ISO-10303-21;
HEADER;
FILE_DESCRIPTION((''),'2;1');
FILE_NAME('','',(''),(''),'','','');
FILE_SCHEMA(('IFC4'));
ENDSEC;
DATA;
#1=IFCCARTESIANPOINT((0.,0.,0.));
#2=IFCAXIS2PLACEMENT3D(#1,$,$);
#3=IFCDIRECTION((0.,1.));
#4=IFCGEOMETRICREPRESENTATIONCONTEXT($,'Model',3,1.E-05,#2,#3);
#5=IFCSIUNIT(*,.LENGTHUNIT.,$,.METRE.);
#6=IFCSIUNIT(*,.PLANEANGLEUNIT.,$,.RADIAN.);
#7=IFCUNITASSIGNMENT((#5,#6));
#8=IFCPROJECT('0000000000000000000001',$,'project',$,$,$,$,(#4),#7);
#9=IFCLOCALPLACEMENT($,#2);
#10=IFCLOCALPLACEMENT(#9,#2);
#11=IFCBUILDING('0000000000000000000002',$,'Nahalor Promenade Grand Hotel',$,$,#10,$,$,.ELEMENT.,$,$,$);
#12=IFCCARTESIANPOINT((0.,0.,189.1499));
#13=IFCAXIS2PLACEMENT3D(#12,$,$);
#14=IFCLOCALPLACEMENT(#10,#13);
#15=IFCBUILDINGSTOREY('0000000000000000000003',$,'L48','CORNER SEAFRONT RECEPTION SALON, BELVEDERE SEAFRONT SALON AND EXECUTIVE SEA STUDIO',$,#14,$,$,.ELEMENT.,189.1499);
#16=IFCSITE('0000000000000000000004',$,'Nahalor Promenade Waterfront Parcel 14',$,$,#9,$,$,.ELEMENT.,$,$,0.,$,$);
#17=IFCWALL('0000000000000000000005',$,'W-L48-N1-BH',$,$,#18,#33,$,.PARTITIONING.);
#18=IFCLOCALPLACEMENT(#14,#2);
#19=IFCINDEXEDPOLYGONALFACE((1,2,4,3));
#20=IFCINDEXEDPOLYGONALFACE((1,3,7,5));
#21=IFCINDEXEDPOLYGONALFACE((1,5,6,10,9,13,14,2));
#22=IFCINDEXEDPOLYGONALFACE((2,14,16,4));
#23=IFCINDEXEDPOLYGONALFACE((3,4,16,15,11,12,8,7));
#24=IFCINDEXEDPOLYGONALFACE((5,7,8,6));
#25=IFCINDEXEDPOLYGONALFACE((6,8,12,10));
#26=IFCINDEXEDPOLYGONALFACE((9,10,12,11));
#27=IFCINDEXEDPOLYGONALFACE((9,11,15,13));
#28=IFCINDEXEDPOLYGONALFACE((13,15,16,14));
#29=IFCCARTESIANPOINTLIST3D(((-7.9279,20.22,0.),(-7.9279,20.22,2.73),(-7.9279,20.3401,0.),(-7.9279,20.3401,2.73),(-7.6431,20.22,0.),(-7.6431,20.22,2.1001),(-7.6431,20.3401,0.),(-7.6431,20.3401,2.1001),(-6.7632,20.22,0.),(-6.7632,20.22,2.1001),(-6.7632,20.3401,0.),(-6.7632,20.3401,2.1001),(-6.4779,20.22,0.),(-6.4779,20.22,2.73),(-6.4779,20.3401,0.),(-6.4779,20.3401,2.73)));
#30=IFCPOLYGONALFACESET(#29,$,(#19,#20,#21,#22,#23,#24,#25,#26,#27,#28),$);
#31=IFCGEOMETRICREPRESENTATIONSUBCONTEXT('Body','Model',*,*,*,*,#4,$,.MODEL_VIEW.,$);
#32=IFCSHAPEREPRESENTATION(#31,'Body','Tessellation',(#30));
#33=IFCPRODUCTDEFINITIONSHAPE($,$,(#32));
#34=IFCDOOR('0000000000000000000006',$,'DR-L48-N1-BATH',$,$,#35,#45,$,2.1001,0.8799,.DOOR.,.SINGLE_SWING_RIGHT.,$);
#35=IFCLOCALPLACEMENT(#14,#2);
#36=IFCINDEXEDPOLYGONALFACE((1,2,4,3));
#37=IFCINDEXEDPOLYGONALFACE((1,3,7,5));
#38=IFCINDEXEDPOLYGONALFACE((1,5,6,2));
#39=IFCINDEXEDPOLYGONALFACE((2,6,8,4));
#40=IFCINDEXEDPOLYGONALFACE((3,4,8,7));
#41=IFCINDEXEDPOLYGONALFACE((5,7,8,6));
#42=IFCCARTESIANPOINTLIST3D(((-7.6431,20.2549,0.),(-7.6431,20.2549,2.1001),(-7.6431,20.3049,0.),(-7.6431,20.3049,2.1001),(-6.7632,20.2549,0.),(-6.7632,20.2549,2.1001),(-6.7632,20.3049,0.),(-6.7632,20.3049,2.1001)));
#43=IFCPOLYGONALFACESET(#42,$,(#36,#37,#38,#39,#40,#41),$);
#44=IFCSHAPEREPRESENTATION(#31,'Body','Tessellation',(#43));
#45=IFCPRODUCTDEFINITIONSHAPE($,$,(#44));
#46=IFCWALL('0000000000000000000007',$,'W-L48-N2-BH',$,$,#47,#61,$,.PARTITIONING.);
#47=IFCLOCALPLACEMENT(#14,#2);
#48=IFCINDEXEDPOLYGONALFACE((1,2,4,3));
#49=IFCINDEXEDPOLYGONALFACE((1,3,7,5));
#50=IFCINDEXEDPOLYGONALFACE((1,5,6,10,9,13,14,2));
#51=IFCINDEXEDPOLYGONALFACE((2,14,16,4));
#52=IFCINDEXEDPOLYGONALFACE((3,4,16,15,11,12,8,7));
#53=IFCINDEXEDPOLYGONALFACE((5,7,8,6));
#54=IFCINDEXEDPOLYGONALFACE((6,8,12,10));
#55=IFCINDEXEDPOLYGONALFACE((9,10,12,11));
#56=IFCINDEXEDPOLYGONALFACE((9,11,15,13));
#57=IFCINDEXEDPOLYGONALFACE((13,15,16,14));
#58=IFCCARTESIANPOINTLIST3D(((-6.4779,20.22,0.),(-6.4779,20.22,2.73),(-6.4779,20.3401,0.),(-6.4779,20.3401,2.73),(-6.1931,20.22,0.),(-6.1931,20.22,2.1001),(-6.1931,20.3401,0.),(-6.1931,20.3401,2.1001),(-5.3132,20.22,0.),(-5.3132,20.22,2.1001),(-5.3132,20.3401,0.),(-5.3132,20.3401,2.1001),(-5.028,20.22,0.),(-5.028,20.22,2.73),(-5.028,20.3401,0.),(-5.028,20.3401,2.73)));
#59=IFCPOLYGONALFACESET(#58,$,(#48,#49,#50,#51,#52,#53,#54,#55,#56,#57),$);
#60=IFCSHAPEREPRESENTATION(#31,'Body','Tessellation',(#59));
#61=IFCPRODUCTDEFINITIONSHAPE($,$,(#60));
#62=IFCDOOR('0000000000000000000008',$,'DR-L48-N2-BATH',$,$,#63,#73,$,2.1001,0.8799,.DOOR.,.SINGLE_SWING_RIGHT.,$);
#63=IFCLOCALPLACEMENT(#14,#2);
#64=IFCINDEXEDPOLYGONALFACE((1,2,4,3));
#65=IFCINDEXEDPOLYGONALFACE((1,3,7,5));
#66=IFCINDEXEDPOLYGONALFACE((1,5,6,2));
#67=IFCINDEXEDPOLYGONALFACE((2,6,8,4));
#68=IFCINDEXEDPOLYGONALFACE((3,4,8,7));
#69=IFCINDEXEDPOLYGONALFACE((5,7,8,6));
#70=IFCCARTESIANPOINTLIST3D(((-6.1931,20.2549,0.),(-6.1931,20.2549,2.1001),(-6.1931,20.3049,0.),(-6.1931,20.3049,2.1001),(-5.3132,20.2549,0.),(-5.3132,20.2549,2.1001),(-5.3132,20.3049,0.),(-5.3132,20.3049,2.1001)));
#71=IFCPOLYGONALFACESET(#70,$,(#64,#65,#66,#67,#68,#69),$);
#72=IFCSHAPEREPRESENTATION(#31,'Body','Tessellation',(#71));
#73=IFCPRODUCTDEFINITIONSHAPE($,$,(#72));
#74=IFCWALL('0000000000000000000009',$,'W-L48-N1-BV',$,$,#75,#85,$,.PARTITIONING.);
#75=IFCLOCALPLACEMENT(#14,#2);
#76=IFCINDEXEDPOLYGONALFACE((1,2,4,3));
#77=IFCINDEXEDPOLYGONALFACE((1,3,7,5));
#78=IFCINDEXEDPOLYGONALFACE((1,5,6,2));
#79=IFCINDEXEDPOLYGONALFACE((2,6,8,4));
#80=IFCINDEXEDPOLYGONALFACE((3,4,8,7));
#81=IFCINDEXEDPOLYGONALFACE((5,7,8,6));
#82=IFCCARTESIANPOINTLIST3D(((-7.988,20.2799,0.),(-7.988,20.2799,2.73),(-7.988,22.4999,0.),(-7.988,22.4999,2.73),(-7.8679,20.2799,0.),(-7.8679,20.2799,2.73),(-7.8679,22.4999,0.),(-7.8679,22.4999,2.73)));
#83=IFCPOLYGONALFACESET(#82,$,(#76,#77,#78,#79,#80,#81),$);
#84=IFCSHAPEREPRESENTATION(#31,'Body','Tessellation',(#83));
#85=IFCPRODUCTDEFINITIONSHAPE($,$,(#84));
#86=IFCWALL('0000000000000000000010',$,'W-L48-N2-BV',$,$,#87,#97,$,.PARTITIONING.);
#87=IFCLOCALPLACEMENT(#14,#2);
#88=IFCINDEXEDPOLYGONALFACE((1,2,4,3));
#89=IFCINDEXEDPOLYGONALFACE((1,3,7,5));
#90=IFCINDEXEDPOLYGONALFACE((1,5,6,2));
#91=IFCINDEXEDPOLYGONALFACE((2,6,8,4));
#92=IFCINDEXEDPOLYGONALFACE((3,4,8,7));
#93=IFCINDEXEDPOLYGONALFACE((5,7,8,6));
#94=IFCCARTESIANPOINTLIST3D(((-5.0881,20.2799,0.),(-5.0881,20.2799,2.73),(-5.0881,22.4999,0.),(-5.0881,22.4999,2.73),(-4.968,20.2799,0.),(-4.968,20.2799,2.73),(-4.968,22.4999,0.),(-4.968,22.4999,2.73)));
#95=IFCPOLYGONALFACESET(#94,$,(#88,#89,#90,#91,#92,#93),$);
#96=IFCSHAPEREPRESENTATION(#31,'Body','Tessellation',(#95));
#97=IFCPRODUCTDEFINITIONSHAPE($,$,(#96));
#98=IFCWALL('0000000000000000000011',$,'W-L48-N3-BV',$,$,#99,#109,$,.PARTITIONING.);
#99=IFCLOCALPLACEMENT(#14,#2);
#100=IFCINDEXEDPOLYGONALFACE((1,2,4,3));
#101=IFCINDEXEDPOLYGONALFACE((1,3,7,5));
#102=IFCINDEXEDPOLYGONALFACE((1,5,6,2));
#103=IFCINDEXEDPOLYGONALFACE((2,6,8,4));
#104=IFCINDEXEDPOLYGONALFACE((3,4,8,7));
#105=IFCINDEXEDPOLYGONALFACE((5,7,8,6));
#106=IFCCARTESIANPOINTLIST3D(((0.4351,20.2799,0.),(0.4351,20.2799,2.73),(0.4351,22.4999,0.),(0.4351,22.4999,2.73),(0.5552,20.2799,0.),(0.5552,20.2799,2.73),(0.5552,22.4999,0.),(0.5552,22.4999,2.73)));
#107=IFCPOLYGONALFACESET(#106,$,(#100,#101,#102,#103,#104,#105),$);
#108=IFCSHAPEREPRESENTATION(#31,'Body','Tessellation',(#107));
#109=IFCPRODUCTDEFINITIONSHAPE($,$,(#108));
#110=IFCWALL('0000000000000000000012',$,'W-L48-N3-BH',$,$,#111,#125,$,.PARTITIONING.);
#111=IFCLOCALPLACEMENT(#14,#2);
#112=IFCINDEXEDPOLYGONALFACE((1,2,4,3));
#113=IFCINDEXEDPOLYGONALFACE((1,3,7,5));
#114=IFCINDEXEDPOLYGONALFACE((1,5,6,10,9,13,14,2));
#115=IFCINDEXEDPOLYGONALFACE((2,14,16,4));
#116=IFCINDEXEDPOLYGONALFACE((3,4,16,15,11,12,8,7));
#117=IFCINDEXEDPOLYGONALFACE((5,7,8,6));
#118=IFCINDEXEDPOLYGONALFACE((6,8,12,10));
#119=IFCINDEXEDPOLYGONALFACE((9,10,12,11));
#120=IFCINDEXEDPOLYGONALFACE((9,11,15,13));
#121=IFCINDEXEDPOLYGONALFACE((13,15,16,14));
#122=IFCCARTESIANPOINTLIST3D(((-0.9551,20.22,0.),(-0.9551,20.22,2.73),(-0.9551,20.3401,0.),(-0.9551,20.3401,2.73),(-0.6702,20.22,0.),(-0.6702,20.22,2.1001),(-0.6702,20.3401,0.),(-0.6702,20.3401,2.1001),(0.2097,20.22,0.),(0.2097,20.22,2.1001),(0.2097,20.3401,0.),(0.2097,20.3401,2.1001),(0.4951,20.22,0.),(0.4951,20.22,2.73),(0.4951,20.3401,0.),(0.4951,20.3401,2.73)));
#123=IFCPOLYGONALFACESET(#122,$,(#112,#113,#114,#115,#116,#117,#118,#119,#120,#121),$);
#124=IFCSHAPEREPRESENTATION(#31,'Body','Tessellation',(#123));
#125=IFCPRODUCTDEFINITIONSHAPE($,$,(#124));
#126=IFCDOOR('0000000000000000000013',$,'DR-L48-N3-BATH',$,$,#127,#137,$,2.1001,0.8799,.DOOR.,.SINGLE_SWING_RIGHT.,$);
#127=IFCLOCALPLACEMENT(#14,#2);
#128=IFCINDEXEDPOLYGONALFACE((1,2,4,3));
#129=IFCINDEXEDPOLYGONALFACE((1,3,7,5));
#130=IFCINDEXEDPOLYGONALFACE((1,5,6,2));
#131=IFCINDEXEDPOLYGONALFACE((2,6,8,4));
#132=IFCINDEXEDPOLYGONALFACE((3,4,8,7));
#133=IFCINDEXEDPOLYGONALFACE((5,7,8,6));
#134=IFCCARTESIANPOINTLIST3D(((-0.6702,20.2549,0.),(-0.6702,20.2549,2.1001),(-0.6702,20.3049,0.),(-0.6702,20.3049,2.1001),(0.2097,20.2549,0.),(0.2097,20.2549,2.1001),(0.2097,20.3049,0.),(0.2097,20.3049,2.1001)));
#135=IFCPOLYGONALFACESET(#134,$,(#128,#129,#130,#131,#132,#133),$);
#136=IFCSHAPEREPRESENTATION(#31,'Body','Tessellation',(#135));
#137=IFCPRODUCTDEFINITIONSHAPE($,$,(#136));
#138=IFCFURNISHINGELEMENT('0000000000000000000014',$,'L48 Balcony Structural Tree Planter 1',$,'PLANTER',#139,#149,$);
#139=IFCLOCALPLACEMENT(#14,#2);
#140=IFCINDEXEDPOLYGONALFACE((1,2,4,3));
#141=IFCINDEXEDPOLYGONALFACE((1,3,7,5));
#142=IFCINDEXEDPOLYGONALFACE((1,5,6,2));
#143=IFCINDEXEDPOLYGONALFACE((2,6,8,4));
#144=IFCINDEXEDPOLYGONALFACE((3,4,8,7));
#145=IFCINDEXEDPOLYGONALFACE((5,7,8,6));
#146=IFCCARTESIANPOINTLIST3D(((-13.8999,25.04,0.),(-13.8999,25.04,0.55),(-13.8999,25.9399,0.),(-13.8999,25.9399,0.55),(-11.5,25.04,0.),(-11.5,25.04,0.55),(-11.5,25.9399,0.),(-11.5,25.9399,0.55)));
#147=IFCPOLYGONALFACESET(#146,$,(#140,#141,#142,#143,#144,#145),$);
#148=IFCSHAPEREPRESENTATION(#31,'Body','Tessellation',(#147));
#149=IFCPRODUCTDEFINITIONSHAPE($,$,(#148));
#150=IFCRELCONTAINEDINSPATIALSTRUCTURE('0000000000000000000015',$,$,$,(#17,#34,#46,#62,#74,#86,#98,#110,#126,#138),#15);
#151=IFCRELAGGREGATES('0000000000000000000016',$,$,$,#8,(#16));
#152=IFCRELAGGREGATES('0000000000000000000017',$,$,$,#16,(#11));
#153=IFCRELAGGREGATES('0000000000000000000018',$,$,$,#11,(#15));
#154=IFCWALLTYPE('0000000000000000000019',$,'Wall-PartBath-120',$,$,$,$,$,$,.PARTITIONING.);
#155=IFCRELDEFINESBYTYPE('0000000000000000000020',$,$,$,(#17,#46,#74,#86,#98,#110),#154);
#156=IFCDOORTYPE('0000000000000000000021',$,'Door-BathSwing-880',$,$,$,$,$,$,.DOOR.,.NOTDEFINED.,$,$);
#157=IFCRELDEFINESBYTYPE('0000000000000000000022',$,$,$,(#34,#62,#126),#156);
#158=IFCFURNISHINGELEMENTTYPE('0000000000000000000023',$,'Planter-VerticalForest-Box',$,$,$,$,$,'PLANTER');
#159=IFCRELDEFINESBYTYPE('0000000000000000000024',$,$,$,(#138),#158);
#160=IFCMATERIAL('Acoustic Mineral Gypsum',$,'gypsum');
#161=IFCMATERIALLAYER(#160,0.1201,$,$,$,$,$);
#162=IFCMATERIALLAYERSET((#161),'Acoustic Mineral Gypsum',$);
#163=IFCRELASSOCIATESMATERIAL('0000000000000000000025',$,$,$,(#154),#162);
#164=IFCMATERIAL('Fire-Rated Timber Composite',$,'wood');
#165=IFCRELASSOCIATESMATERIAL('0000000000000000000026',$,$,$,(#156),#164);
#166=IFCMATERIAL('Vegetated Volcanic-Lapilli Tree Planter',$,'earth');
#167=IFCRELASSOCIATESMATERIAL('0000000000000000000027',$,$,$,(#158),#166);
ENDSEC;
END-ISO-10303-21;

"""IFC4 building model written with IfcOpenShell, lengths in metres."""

from ifc_helpers import new_model, si_unit, direction, frame, frame_2d, origin, origin_2d, place, context, subcontext, project, spatial, rectangle, extrude, source, transform, mapped, material, layer, layer_set, type_object, element, fill, save


model = new_model("IFC4")

# Units and contexts
model_context = context("Model", 3, precision=1e-05, world=origin(), true_north=direction((0.0, 1.0)))
body_context = subcontext(model_context, "Body", "Model", "MODEL_VIEW")
ifc_project = project(units=[si_unit("LENGTHUNIT", "METRE"), si_unit("PLANEANGLEUNIT", "RADIAN")], contexts=[model_context])

# Site, building, storey
site_placement = place(None, origin())
site = spatial("IfcSite", under=ifc_project, at=site_placement, Name="Nahalor Promenade Waterfront Parcel 14", CompositionType="ELEMENT", RefElevation=0.0)
building_placement = place(site_placement, origin())
building = spatial("IfcBuilding", under=site, at=building_placement, Name="Nahalor Promenade Grand Hotel", CompositionType="ELEMENT")
storey_placement = place(building_placement, frame((0.0, 0.0, 189.1499)))
storey = spatial("IfcBuildingStorey", under=building, at=storey_placement, Name="L48", Description="CORNER SEAFRONT RECEPTION SALON, BELVEDERE SEAFRONT SALON AND EXECUTIVE SEA STUDIO", CompositionType="ELEMENT", Elevation=189.1499)

# Walls, openings, doors
ifc_material_1 = material(Name="Acoustic Mineral Gypsum", Category="gypsum")
ifc_layer_1 = layer(ifc_material_1, 0.1201)
ifc_layer_set_1 = layer_set([ifc_layer_1], Name="Acoustic Mineral Gypsum")
wall_type = type_object("IfcWallType", Name="Wall-PartBath-120", PredefinedType="PARTITIONING", material=ifc_layer_set_1)
shared_shape_1 = source(origin(), body_context, "Body", "SweptSolid", [
    extrude(rectangle(XDim=1.45, YDim=0.1201, at=frame_2d((0.7251, 0.0))), origin(), (0.0, 0.0, 1.0), 2.73),
])
wall_1_placement = place(storey_placement, frame((-7.928, 20.28, 0.0), z_axis=(0.0, 0.0, 1.0), x_axis=(1.0, 0.0, 0.0)))
wall_1 = element("IfcWall", 1, at=wall_1_placement, inside=storey, type_object=wall_type, Name="W-L48-N1-BH", PredefinedType="PARTITIONING", context=body_context, shape_type="MappedRepresentation", body=[
    mapped(shared_shape_1, transform((0.0, 0.0, 0.0), scale=1.0)),
])
opening_1_placement = place(wall_1_placement, frame((0.2849, 0.0, 0.0)))
opening_1 = element("IfcOpeningElement", 2, at=opening_1_placement, cuts=wall_1, PredefinedType="OPENING", context=body_context, shape_type="SweptSolid", body=[
    extrude(rectangle(XDim=0.8799, YDim=2.1001, at=frame_2d((0.4399, 1.05))), frame((0.0, 0.0701, 0.0), z_axis=(0.0, -1.0, 0.0), x_axis=(1.0, 0.0, 0.0)), (0.0, 0.0, 1.0), 0.1401),
])
ifc_material_2 = material(Name="Fire-Rated Timber Composite", Category="wood")
door_type = type_object("IfcDoorType", Name="Door-BathSwing-880", OperationType="NOTDEFINED", PredefinedType="DOOR", material=ifc_material_2)
shared_shape_2 = source(origin(), body_context, "Body", "SweptSolid", [
    extrude(rectangle(XDim=0.8799, YDim=2.1001, at=frame_2d((0.4399, 1.05))), frame((0.0, 0.0249, 0.0), z_axis=(0.0, -1.0, 0.0), x_axis=(1.0, 0.0, 0.0)), (0.0, 0.0, 1.0), 0.05),
])
door_1_placement = place(opening_1_placement, origin())
door_1 = element("IfcDoor", 3, at=door_1_placement, inside=storey, type_object=door_type, Name="DR-L48-N1-BATH", OperationType="SINGLE_SWING_RIGHT", OverallHeight=2.1001, OverallWidth=0.8799, PredefinedType="DOOR", context=body_context, shape_type="MappedRepresentation", body=[
    mapped(shared_shape_2, transform((0.0, 0.0, 0.0), scale=1.0)),
])
fill(opening_1, door_1)
wall_2_placement = place(storey_placement, frame((-6.478, 20.28, 0.0), z_axis=(0.0, 0.0, 1.0), x_axis=(1.0, 0.0, 0.0)))
wall_2 = element("IfcWall", 4, at=wall_2_placement, inside=storey, type_object=wall_type, Name="W-L48-N2-BH", PredefinedType="PARTITIONING", context=body_context, shape_type="MappedRepresentation", body=[
    mapped(shared_shape_1, transform((0.0, 0.0, 0.0), scale=1.0)),
])
opening_2_placement = place(wall_2_placement, frame((0.2849, 0.0, 0.0)))
opening_2 = element("IfcOpeningElement", 5, at=opening_2_placement, cuts=wall_2, PredefinedType="OPENING", context=body_context, shape_type="SweptSolid", body=[
    extrude(rectangle(XDim=0.8799, YDim=2.1001, at=frame_2d((0.4399, 1.05))), frame((0.0, 0.0701, 0.0), z_axis=(0.0, -1.0, 0.0), x_axis=(1.0, 0.0, 0.0)), (0.0, 0.0, 1.0), 0.1401),
])
door_2_placement = place(opening_2_placement, origin())
door_2 = element("IfcDoor", 6, at=door_2_placement, inside=storey, type_object=door_type, Name="DR-L48-N2-BATH", OperationType="SINGLE_SWING_RIGHT", OverallHeight=2.1001, OverallWidth=0.8799, PredefinedType="DOOR", context=body_context, shape_type="MappedRepresentation", body=[
    mapped(shared_shape_2, transform((0.0, 0.0, 0.0), scale=1.0)),
])
fill(opening_2, door_2)

# Walls
shared_shape_3 = source(origin(), body_context, "Body", "SweptSolid", [
    extrude(rectangle(XDim=2.22, YDim=0.1201, at=frame_2d((1.1099, 0.0))), origin(), (0.0, 0.0, 1.0), 2.73),
])
for number, where, z_axis, x_axis, name in (
    (7, (-7.928, 20.28, 0.0), (0.0, 0.0, 1.0), (0.0, 1.0, 0.0), "W-L48-N1-BV"),
    (8, (-5.0281, 20.28, 0.0), (0.0, 0.0, 1.0), (0.0, 1.0, 0.0), "W-L48-N2-BV"),
    (9, (0.4951, 20.28, 0.0), (0.0, 0.0, 1.0), (0.0, 1.0, 0.0), "W-L48-N3-BV"),
):
    element("IfcWall", number, at=place(storey_placement, frame(where, z_axis=z_axis, x_axis=x_axis)), inside=storey, type_object=wall_type, Name=name, PredefinedType="PARTITIONING", context=body_context, shape_type="MappedRepresentation", body=[
        mapped(shared_shape_3, transform((0.0, 0.0, 0.0), scale=1.0)),
    ])

# Wall, opening, door
shared_shape_4 = source(origin(), body_context, "Body", "SweptSolid", [
    extrude(rectangle(XDim=1.4502, YDim=0.1201, at=frame_2d((0.7251, 0.0))), origin(), (0.0, 0.0, 1.0), 2.73),
])
wall_3_placement = place(storey_placement, frame((-0.9551, 20.28, 0.0), z_axis=(0.0, 0.0, 1.0), x_axis=(1.0, 0.0, 0.0)))
wall_3 = element("IfcWall", 10, at=wall_3_placement, inside=storey, type_object=wall_type, Name="W-L48-N3-BH", PredefinedType="PARTITIONING", context=body_context, shape_type="MappedRepresentation", body=[
    mapped(shared_shape_4, transform((0.0, 0.0, 0.0), scale=1.0)),
])
opening_3_placement = place(wall_3_placement, frame((0.2849, 0.0, 0.0)))
opening_3 = element("IfcOpeningElement", 11, at=opening_3_placement, cuts=wall_3, PredefinedType="OPENING", context=body_context, shape_type="SweptSolid", body=[
    extrude(rectangle(XDim=0.8799, YDim=2.1001, at=frame_2d((0.4399, 1.05))), frame((0.0, 0.0701, 0.0), z_axis=(0.0, -1.0, 0.0), x_axis=(1.0, 0.0, 0.0)), (0.0, 0.0, 1.0), 0.1401),
])
door_3_placement = place(opening_3_placement, origin())
door_3 = element("IfcDoor", 12, at=door_3_placement, inside=storey, type_object=door_type, Name="DR-L48-N3-BATH", OperationType="SINGLE_SWING_RIGHT", OverallHeight=2.1001, OverallWidth=0.8799, PredefinedType="DOOR", context=body_context, shape_type="MappedRepresentation", body=[
    mapped(shared_shape_2, transform((0.0, 0.0, 0.0), scale=1.0)),
])
fill(opening_3, door_3)

# Furnishing element
ifc_material_3 = material(Name="Vegetated Volcanic-Lapilli Tree Planter", Category="earth")
furnishing_element_type = type_object("IfcFurnishingElementType", Name="Planter-VerticalForest-Box", ElementType="PLANTER", material=ifc_material_3)
shared_shape_5 = source(origin(), body_context, "Body", "SweptSolid", [
    extrude(rectangle(XDim=2.3999, YDim=0.8999, at=origin_2d()), origin(), (0.0, 0.0, 1.0), 0.55),
])
furnishing_placement = place(storey_placement, frame((-12.7, 25.49, 0.0), z_axis=(0.0, 0.0, 1.0), x_axis=(1.0, 0.0, 0.0)))
element("IfcFurnishingElement", 13, at=furnishing_placement, inside=storey, type_object=furnishing_element_type, Name="L48 Balcony Structural Tree Planter 1", ObjectType="PLANTER", context=body_context, shape_type="MappedRepresentation", body=[
    mapped(shared_shape_5, transform((0.0, 0.0, 0.0), scale=1.0)),
])

save(model, "model.ifc")
